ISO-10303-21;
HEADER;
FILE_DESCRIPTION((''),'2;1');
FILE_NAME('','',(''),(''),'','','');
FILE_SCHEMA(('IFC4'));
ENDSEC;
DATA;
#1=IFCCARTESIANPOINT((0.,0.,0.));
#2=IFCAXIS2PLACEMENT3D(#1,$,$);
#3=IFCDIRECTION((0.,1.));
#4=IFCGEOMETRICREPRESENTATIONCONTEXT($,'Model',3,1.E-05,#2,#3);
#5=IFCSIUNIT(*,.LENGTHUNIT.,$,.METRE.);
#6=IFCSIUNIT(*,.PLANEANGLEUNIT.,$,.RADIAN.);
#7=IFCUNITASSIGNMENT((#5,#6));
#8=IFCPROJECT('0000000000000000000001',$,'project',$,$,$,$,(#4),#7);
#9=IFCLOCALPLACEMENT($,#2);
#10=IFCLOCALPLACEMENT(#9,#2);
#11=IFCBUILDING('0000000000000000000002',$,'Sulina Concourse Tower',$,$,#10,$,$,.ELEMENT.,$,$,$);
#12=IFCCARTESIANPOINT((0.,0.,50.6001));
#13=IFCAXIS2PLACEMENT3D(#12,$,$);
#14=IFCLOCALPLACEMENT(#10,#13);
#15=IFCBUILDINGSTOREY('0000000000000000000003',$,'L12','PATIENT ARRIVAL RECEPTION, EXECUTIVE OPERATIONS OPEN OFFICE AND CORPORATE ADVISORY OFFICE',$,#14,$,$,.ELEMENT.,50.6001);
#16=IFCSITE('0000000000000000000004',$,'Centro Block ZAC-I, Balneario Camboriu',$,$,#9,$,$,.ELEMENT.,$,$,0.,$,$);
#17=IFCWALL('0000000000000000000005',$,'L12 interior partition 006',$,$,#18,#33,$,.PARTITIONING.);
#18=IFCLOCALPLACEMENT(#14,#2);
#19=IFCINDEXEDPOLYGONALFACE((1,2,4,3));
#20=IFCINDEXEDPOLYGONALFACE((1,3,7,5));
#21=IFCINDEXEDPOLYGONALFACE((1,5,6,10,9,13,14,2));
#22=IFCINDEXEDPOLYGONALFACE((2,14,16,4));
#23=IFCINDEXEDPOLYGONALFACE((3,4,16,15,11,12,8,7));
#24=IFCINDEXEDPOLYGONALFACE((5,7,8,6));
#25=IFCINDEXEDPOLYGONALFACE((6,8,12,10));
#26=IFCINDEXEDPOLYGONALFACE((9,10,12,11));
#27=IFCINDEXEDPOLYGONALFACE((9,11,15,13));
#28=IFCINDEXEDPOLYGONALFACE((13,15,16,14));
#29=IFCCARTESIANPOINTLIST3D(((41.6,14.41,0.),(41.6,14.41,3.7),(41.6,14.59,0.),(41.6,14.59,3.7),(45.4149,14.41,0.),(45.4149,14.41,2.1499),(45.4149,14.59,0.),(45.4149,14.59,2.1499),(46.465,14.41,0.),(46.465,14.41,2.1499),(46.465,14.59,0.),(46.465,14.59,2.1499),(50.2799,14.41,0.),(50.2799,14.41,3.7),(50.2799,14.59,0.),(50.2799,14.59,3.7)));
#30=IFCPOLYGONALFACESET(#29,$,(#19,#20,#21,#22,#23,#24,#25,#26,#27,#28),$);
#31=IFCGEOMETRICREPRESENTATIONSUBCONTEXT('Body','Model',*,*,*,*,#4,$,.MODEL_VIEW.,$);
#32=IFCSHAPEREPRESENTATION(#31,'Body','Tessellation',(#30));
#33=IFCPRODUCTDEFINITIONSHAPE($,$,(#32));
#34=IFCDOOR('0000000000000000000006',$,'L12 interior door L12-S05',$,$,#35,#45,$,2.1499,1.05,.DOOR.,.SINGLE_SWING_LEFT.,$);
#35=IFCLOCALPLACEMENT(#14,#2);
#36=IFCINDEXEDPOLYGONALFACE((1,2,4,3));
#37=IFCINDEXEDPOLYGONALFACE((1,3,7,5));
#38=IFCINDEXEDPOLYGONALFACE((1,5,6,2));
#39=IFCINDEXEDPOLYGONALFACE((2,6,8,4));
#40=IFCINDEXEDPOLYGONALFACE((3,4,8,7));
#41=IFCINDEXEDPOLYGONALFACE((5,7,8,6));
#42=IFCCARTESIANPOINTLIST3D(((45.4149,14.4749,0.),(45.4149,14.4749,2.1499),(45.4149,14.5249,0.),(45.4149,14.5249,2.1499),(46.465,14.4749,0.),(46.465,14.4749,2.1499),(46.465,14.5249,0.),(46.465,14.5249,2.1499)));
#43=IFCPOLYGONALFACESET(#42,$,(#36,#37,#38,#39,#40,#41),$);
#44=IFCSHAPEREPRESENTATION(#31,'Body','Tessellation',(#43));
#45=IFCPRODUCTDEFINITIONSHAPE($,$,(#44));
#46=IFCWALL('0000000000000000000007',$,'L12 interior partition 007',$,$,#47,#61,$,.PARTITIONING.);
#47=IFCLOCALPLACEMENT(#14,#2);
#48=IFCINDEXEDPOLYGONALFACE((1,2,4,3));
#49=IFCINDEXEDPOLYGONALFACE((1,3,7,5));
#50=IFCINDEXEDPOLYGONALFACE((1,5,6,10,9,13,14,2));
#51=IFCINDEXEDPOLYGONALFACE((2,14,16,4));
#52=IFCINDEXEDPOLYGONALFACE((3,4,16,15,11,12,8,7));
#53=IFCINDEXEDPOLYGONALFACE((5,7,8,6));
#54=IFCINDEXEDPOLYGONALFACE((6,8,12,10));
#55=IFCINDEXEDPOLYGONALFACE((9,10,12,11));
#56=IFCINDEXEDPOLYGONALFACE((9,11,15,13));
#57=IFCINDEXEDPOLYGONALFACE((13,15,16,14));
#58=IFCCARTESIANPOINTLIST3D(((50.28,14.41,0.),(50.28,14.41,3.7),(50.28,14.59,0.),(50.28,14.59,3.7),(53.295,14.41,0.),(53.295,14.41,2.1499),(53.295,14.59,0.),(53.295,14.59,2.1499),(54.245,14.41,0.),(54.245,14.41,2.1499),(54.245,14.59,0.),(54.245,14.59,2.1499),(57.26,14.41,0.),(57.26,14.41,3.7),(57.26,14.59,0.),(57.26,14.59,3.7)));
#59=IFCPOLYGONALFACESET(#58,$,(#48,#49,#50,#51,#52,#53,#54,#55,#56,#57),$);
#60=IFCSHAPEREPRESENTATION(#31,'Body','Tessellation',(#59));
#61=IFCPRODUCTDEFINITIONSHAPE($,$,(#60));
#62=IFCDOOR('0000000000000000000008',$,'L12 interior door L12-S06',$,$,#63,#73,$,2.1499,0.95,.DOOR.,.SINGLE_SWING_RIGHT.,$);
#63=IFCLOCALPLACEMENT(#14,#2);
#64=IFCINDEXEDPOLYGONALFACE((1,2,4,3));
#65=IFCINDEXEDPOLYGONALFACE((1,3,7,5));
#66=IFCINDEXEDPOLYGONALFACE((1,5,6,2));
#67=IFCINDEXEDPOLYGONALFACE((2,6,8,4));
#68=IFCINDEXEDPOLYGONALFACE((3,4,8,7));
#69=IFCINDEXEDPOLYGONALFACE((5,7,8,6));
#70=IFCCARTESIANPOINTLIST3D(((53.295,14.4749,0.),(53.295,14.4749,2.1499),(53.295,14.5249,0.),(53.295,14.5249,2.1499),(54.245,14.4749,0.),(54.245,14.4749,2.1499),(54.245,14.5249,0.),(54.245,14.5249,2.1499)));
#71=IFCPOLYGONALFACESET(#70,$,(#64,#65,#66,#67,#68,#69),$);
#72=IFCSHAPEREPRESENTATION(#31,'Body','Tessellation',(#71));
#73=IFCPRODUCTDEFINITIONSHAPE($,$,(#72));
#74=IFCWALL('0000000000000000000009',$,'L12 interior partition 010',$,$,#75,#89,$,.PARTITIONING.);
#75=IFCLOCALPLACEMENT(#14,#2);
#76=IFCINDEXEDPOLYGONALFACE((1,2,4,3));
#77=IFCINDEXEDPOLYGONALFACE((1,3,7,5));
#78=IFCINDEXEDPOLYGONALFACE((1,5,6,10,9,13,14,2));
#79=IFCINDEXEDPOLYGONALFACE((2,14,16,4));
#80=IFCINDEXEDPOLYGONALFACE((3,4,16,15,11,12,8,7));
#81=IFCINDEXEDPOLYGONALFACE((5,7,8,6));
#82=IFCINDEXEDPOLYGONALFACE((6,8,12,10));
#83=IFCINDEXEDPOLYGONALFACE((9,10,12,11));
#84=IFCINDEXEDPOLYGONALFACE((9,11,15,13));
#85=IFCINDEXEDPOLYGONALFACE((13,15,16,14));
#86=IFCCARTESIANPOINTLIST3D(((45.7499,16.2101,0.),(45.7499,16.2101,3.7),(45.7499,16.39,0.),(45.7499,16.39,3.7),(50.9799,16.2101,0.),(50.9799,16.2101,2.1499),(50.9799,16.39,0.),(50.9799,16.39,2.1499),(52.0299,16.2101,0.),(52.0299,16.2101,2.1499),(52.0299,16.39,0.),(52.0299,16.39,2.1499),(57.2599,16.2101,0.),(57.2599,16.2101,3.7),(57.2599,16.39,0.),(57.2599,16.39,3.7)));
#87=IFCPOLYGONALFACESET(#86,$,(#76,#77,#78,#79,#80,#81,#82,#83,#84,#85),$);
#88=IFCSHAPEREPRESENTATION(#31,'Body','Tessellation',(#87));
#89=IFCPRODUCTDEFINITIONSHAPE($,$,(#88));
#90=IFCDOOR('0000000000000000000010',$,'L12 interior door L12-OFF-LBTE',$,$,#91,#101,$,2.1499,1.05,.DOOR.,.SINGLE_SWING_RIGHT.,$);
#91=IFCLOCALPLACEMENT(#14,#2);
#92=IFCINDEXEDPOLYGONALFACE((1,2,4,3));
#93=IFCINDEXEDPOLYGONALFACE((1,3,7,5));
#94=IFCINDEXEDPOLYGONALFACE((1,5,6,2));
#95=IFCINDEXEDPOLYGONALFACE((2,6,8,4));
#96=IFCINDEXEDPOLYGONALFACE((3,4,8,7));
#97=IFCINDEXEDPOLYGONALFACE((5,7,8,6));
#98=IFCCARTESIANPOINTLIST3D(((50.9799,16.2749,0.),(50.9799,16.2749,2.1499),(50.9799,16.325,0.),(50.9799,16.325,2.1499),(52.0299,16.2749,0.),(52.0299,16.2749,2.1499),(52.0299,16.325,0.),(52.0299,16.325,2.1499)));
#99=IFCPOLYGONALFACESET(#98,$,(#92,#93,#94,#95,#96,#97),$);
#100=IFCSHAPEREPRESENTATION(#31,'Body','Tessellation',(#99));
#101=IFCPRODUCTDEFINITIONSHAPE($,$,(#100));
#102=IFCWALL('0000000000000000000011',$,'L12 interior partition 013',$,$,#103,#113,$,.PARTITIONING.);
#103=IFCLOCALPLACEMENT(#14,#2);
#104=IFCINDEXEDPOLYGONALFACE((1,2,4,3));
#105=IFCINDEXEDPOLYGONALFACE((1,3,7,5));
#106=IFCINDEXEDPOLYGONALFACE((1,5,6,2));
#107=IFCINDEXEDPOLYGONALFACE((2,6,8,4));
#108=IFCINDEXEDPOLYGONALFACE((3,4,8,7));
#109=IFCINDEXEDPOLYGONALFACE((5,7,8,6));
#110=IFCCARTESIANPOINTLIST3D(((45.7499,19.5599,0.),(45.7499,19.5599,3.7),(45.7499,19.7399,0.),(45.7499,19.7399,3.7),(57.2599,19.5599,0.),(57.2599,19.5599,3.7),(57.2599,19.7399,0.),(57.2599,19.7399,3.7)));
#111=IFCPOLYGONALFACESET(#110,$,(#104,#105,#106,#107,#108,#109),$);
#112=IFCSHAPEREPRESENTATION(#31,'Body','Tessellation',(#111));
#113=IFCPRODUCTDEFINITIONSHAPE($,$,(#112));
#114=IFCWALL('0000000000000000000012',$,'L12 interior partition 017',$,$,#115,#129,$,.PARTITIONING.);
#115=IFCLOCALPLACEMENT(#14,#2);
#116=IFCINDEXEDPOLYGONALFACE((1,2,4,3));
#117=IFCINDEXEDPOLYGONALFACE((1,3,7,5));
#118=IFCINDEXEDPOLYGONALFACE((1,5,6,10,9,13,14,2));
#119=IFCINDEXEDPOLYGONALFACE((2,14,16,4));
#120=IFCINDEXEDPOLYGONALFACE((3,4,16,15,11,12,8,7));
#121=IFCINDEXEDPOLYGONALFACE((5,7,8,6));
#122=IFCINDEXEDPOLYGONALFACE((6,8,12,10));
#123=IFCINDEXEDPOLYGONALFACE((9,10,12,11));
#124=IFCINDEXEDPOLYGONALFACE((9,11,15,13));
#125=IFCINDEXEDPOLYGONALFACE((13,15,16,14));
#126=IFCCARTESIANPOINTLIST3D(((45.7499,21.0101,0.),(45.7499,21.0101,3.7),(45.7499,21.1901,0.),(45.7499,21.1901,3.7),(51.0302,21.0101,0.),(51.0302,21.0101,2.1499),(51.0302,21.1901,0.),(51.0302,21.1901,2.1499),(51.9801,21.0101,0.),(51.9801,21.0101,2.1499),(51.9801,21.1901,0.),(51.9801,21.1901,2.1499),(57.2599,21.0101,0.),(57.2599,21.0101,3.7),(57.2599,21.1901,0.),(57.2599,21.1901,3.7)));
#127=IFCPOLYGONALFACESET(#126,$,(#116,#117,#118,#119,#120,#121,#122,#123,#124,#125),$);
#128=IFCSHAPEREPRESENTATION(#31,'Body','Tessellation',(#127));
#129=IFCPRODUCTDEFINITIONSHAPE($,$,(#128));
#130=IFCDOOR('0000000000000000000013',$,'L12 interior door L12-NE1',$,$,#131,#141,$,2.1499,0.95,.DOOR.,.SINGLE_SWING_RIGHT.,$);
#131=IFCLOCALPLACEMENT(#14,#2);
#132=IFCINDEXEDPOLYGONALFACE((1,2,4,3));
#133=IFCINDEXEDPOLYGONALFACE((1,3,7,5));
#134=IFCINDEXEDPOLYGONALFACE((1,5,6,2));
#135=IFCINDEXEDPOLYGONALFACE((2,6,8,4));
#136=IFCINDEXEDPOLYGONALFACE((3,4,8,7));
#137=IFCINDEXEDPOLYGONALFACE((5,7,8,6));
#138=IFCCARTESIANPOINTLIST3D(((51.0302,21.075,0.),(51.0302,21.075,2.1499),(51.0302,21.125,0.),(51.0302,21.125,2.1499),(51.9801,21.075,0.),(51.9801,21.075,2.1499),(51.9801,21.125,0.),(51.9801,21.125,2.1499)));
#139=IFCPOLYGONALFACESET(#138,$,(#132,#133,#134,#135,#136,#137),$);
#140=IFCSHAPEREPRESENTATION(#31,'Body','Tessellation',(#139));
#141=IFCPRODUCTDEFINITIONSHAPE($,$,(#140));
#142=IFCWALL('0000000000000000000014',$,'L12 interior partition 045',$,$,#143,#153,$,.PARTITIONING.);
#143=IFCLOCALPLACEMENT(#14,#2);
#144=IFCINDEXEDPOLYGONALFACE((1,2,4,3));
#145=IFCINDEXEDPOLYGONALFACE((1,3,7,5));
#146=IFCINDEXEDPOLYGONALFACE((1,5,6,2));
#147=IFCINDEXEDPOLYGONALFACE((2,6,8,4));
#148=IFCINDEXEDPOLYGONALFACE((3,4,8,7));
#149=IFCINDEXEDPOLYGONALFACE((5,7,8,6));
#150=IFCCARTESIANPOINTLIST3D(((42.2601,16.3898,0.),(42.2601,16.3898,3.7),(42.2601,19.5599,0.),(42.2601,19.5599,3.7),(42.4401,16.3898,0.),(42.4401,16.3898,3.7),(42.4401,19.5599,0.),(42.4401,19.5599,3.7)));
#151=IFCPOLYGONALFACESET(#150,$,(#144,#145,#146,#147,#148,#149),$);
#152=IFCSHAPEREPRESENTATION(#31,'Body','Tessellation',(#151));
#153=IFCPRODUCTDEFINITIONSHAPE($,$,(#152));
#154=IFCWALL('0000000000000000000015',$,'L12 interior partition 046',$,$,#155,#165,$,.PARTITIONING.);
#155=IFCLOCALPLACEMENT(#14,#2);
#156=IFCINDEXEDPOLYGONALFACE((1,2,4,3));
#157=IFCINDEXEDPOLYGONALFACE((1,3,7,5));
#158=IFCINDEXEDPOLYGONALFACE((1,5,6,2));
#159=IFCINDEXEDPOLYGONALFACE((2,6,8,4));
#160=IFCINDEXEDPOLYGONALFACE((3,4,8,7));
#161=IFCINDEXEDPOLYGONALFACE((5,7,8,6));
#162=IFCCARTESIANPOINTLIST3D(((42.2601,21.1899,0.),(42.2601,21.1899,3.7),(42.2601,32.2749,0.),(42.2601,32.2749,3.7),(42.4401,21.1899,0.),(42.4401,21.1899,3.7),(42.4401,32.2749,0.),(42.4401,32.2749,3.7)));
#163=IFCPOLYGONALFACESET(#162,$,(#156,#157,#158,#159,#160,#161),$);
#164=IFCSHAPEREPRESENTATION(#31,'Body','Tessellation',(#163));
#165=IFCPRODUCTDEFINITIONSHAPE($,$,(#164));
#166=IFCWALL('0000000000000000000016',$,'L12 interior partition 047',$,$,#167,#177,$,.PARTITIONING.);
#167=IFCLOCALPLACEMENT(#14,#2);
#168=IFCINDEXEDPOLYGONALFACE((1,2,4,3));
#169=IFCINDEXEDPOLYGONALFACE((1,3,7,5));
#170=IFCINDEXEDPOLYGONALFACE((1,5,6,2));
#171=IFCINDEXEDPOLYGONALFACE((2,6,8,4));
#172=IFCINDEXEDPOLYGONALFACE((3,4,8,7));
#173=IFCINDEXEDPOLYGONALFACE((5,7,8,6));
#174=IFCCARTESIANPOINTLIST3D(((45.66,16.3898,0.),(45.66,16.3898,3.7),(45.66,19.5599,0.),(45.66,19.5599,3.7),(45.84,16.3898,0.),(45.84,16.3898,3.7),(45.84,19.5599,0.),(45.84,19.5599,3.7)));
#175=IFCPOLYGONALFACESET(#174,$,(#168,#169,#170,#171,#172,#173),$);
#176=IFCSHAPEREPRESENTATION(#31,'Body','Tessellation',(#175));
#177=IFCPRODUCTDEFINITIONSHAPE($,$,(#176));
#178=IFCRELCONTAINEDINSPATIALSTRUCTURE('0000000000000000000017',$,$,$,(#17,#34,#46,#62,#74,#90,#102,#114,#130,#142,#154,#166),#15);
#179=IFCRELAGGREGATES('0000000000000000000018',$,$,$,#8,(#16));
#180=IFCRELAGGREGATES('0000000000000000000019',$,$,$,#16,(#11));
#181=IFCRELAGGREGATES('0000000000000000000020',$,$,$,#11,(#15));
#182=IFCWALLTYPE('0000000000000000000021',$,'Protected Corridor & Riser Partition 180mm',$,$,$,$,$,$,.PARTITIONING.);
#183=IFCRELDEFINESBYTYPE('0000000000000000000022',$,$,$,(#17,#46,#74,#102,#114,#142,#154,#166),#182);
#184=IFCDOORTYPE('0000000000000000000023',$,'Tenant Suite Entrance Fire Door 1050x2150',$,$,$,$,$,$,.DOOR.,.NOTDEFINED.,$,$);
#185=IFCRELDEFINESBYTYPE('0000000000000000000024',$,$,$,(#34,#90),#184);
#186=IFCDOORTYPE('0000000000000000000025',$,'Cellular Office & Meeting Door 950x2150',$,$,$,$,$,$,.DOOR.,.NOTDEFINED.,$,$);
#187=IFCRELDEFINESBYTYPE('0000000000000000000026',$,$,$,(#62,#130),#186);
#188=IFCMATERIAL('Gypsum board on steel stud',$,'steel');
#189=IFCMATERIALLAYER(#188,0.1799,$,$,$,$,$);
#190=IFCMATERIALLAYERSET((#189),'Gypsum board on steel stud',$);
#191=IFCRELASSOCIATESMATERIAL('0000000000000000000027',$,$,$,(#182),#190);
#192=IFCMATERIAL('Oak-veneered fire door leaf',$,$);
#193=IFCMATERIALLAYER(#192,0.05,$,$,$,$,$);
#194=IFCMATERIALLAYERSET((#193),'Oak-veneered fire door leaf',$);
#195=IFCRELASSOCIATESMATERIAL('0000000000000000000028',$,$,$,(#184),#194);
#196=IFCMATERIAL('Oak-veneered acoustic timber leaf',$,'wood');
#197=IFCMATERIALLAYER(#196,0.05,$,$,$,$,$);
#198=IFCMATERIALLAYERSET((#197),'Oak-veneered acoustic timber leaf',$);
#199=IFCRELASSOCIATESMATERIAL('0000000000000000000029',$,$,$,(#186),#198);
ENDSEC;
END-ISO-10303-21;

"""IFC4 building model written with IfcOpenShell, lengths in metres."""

from ifc_helpers import new_model, si_unit, direction, frame, frame_2d, origin, place, context, subcontext, project, spatial, rectangle, extrude, material, layer, layer_set, type_object, element, fill, save


model = new_model("IFC4")

# Units and contexts
model_context = context("Model", 3, precision=1e-05, world=origin(), true_north=direction((0.0, 1.0)))
body_context = subcontext(model_context, "Body", "Model", "MODEL_VIEW")
ifc_project = project(units=[si_unit("LENGTHUNIT", "METRE"), si_unit("PLANEANGLEUNIT", "RADIAN")], contexts=[model_context])

# Site, building, storey
site_placement = place(None, origin())
site = spatial("IfcSite", under=ifc_project, at=site_placement, Name="Centro Block ZAC-I, Balneario Camboriu", CompositionType="ELEMENT", RefElevation=0.0)
building_placement = place(site_placement, origin())
building = spatial("IfcBuilding", under=site, at=building_placement, Name="Sulina Concourse Tower", CompositionType="ELEMENT")
storey_placement = place(building_placement, frame((0.0, 0.0, 50.6001)))
storey = spatial("IfcBuildingStorey", under=building, at=storey_placement, Name="L12", Description="PATIENT ARRIVAL RECEPTION, EXECUTIVE OPERATIONS OPEN OFFICE AND CORPORATE ADVISORY OFFICE", CompositionType="ELEMENT", Elevation=50.6001)

# Walls, openings, doors
ifc_material_1 = material(Name="Gypsum board on steel stud", Category="steel")
ifc_layer_1 = layer(ifc_material_1, 0.1799)
ifc_layer_set_1 = layer_set([ifc_layer_1], Name="Gypsum board on steel stud")
wall_type_1 = type_object("IfcWallType", Name="Protected Corridor & Riser Partition 180mm", PredefinedType="PARTITIONING", material=ifc_layer_set_1)
wall_1_placement = place(storey_placement, frame((41.6001, 14.5, 0.0), z_axis=(0.0, 0.0, 1.0), x_axis=(1.0, 0.0, 0.0)))
wall_1 = element("IfcWall", 1, at=wall_1_placement, inside=storey, type_object=wall_type_1, Name="L12 interior partition 006", PredefinedType="PARTITIONING", context=body_context, shape_type="SweptSolid", body=[
    extrude(rectangle(XDim=8.6799, YDim=0.1799, at=frame_2d((4.3398, 0.0))), origin(), (0.0, 0.0, 1.0), 3.7),
])
opening_1_placement = place(wall_1_placement, frame((3.8149, 0.0, 0.0)))
opening_1 = element("IfcOpeningElement", 2, at=opening_1_placement, cuts=wall_1, PredefinedType="OPENING", context=body_context, shape_type="SweptSolid", body=[
    extrude(rectangle(XDim=1.05, YDim=2.1499, at=frame_2d((0.5249, 1.075))), frame((0.0, 0.0999, 0.0), z_axis=(0.0, -1.0, 0.0), x_axis=(1.0, 0.0, 0.0)), (0.0, 0.0, 1.0), 0.2),
])
ifc_material_2 = material(Name="Oak-veneered fire door leaf")
ifc_layer_2 = layer(ifc_material_2, 0.05)
ifc_layer_set_2 = layer_set([ifc_layer_2], Name="Oak-veneered fire door leaf")
door_type_1 = type_object("IfcDoorType", Name="Tenant Suite Entrance Fire Door 1050x2150", OperationType="NOTDEFINED", PredefinedType="DOOR", material=ifc_layer_set_2)
door_1_placement = place(opening_1_placement, origin())
door_1 = element("IfcDoor", 3, at=door_1_placement, inside=storey, type_object=door_type_1, Name="L12 interior door L12-S05", OperationType="SINGLE_SWING_LEFT", OverallHeight=2.1499, OverallWidth=1.05, PredefinedType="DOOR", context=body_context, shape_type="SweptSolid", body=[
    extrude(rectangle(XDim=1.05, YDim=2.1499, at=frame_2d((0.5249, 1.075))), frame((0.0, 0.0249, 0.0), z_axis=(0.0, -1.0, 0.0), x_axis=(1.0, 0.0, 0.0)), (0.0, 0.0, 1.0), 0.05),
])
fill(opening_1, door_1)
wall_2_placement = place(storey_placement, frame((50.28, 14.5, 0.0), z_axis=(0.0, 0.0, 1.0), x_axis=(1.0, 0.0, 0.0)))
wall_2 = element("IfcWall", 4, at=wall_2_placement, inside=storey, type_object=wall_type_1, Name="L12 interior partition 007", PredefinedType="PARTITIONING", context=body_context, shape_type="SweptSolid", body=[
    extrude(rectangle(XDim=6.98, YDim=0.1799, at=frame_2d((3.49, 0.0))), origin(), (0.0, 0.0, 1.0), 3.7),
])
opening_2_placement = place(wall_2_placement, frame((3.0149, 0.0, 0.0)))
opening_2 = element("IfcOpeningElement", 5, at=opening_2_placement, cuts=wall_2, PredefinedType="OPENING", context=body_context, shape_type="SweptSolid", body=[
    extrude(rectangle(XDim=0.95, YDim=2.1499, at=frame_2d((0.4751, 1.075))), frame((0.0, 0.0999, 0.0), z_axis=(0.0, -1.0, 0.0), x_axis=(1.0, 0.0, 0.0)), (0.0, 0.0, 1.0), 0.2),
])
ifc_material_3 = material(Name="Oak-veneered acoustic timber leaf", Category="wood")
ifc_layer_3 = layer(ifc_material_3, 0.05)
ifc_layer_set_3 = layer_set([ifc_layer_3], Name="Oak-veneered acoustic timber leaf")
door_type_2 = type_object("IfcDoorType", Name="Cellular Office & Meeting Door 950x2150", OperationType="NOTDEFINED", PredefinedType="DOOR", material=ifc_layer_set_3)
door_2_placement = place(opening_2_placement, origin())
door_2 = element("IfcDoor", 6, at=door_2_placement, inside=storey, type_object=door_type_2, Name="L12 interior door L12-S06", OperationType="SINGLE_SWING_RIGHT", OverallHeight=2.1499, OverallWidth=0.95, PredefinedType="DOOR", context=body_context, shape_type="SweptSolid", body=[
    extrude(rectangle(XDim=0.95, YDim=2.1499, at=frame_2d((0.4751, 1.075))), frame((0.0, 0.0249, 0.0), z_axis=(0.0, -1.0, 0.0), x_axis=(1.0, 0.0, 0.0)), (0.0, 0.0, 1.0), 0.05),
])
fill(opening_2, door_2)
wall_3_placement = place(storey_placement, frame((45.75, 16.3, 0.0), z_axis=(0.0, 0.0, 1.0), x_axis=(1.0, 0.0, 0.0)))
wall_3 = element("IfcWall", 7, at=wall_3_placement, inside=storey, type_object=wall_type_1, Name="L12 interior partition 010", PredefinedType="PARTITIONING", context=body_context, shape_type="SweptSolid", body=[
    extrude(rectangle(XDim=11.51, YDim=0.1799, at=frame_2d((5.7549, 0.0))), origin(), (0.0, 0.0, 1.0), 3.7),
])
opening_3_placement = place(wall_3_placement, frame((5.23, 0.0, 0.0)))
opening_3 = element("IfcOpeningElement", 8, at=opening_3_placement, cuts=wall_3, PredefinedType="OPENING", context=body_context, shape_type="SweptSolid", body=[
    extrude(rectangle(XDim=1.05, YDim=2.1499, at=frame_2d((0.5249, 1.075))), frame((0.0, 0.0999, 0.0), z_axis=(0.0, -1.0, 0.0), x_axis=(1.0, 0.0, 0.0)), (0.0, 0.0, 1.0), 0.2),
])
door_3_placement = place(opening_3_placement, origin())
door_3 = element("IfcDoor", 9, at=door_3_placement, inside=storey, type_object=door_type_1, Name="L12 interior door L12-OFF-LBTE", OperationType="SINGLE_SWING_RIGHT", OverallHeight=2.1499, OverallWidth=1.05, PredefinedType="DOOR", context=body_context, shape_type="SweptSolid", body=[
    extrude(rectangle(XDim=1.05, YDim=2.1499, at=frame_2d((0.5249, 1.075))), frame((0.0, 0.0249, 0.0), z_axis=(0.0, -1.0, 0.0), x_axis=(1.0, 0.0, 0.0)), (0.0, 0.0, 1.0), 0.05),
])
fill(opening_3, door_3)

# Wall
wall_4_placement = place(storey_placement, frame((45.75, 19.6499, 0.0), z_axis=(0.0, 0.0, 1.0), x_axis=(1.0, 0.0, 0.0)))
element("IfcWall", 10, at=wall_4_placement, inside=storey, type_object=wall_type_1, Name="L12 interior partition 013", PredefinedType="PARTITIONING", context=body_context, shape_type="SweptSolid", body=[
    extrude(rectangle(XDim=11.51, YDim=0.1799, at=frame_2d((5.7549, 0.0))), origin(), (0.0, 0.0, 1.0), 3.7),
])

# Wall, opening, door
wall_5_placement = place(storey_placement, frame((45.75, 21.1001, 0.0), z_axis=(0.0, 0.0, 1.0), x_axis=(1.0, 0.0, 0.0)))
wall_5 = element("IfcWall", 11, at=wall_5_placement, inside=storey, type_object=wall_type_1, Name="L12 interior partition 017", PredefinedType="PARTITIONING", context=body_context, shape_type="SweptSolid", body=[
    extrude(rectangle(XDim=11.51, YDim=0.1799, at=frame_2d((5.7549, 0.0))), origin(), (0.0, 0.0, 1.0), 3.7),
])
opening_4_placement = place(wall_5_placement, frame((5.28, 0.0, 0.0)))
opening_4 = element("IfcOpeningElement", 12, at=opening_4_placement, cuts=wall_5, PredefinedType="OPENING", context=body_context, shape_type="SweptSolid", body=[
    extrude(rectangle(XDim=0.95, YDim=2.1499, at=frame_2d((0.4751, 1.075))), frame((0.0, 0.0999, 0.0), z_axis=(0.0, -1.0, 0.0), x_axis=(1.0, 0.0, 0.0)), (0.0, 0.0, 1.0), 0.2),
])
door_4_placement = place(opening_4_placement, origin())
door_4 = element("IfcDoor", 13, at=door_4_placement, inside=storey, type_object=door_type_2, Name="L12 interior door L12-NE1", OperationType="SINGLE_SWING_RIGHT", OverallHeight=2.1499, OverallWidth=0.95, PredefinedType="DOOR", context=body_context, shape_type="SweptSolid", body=[
    extrude(rectangle(XDim=0.95, YDim=2.1499, at=frame_2d((0.4751, 1.075))), frame((0.0, 0.0249, 0.0), z_axis=(0.0, -1.0, 0.0), x_axis=(1.0, 0.0, 0.0)), (0.0, 0.0, 1.0), 0.05),
])
fill(opening_4, door_4)

# Walls
wall_6_placement = place(storey_placement, frame((42.3501, 16.3899, 0.0), z_axis=(0.0, 0.0, 1.0), x_axis=(0.0, 1.0, 0.0)))
element("IfcWall", 14, at=wall_6_placement, inside=storey, type_object=wall_type_1, Name="L12 interior partition 045", PredefinedType="PARTITIONING", context=body_context, shape_type="SweptSolid", body=[
    extrude(rectangle(XDim=3.1702, YDim=0.1799, at=frame_2d((1.585, 0.0))), origin(), (0.0, 0.0, 1.0), 3.7),
])
wall_7_placement = place(storey_placement, frame((42.3501, 21.1899, 0.0), z_axis=(0.0, 0.0, 1.0), x_axis=(0.0, 1.0, 0.0)))
element("IfcWall", 15, at=wall_7_placement, inside=storey, type_object=wall_type_1, Name="L12 interior partition 046", PredefinedType="PARTITIONING", context=body_context, shape_type="SweptSolid", body=[
    extrude(rectangle(XDim=11.085, YDim=0.1799, at=frame_2d((5.5425, 0.0))), origin(), (0.0, 0.0, 1.0), 3.7),
])
wall_8_placement = place(storey_placement, frame((45.75, 16.3899, 0.0), z_axis=(0.0, 0.0, 1.0), x_axis=(0.0, 1.0, 0.0)))
element("IfcWall", 16, at=wall_8_placement, inside=storey, type_object=wall_type_1, Name="L12 interior partition 047", PredefinedType="PARTITIONING", context=body_context, shape_type="SweptSolid", body=[
    extrude(rectangle(XDim=3.1702, YDim=0.1799, at=frame_2d((1.585, 0.0))), origin(), (0.0, 0.0, 1.0), 3.7),
])

save(model, "model.ifc")
